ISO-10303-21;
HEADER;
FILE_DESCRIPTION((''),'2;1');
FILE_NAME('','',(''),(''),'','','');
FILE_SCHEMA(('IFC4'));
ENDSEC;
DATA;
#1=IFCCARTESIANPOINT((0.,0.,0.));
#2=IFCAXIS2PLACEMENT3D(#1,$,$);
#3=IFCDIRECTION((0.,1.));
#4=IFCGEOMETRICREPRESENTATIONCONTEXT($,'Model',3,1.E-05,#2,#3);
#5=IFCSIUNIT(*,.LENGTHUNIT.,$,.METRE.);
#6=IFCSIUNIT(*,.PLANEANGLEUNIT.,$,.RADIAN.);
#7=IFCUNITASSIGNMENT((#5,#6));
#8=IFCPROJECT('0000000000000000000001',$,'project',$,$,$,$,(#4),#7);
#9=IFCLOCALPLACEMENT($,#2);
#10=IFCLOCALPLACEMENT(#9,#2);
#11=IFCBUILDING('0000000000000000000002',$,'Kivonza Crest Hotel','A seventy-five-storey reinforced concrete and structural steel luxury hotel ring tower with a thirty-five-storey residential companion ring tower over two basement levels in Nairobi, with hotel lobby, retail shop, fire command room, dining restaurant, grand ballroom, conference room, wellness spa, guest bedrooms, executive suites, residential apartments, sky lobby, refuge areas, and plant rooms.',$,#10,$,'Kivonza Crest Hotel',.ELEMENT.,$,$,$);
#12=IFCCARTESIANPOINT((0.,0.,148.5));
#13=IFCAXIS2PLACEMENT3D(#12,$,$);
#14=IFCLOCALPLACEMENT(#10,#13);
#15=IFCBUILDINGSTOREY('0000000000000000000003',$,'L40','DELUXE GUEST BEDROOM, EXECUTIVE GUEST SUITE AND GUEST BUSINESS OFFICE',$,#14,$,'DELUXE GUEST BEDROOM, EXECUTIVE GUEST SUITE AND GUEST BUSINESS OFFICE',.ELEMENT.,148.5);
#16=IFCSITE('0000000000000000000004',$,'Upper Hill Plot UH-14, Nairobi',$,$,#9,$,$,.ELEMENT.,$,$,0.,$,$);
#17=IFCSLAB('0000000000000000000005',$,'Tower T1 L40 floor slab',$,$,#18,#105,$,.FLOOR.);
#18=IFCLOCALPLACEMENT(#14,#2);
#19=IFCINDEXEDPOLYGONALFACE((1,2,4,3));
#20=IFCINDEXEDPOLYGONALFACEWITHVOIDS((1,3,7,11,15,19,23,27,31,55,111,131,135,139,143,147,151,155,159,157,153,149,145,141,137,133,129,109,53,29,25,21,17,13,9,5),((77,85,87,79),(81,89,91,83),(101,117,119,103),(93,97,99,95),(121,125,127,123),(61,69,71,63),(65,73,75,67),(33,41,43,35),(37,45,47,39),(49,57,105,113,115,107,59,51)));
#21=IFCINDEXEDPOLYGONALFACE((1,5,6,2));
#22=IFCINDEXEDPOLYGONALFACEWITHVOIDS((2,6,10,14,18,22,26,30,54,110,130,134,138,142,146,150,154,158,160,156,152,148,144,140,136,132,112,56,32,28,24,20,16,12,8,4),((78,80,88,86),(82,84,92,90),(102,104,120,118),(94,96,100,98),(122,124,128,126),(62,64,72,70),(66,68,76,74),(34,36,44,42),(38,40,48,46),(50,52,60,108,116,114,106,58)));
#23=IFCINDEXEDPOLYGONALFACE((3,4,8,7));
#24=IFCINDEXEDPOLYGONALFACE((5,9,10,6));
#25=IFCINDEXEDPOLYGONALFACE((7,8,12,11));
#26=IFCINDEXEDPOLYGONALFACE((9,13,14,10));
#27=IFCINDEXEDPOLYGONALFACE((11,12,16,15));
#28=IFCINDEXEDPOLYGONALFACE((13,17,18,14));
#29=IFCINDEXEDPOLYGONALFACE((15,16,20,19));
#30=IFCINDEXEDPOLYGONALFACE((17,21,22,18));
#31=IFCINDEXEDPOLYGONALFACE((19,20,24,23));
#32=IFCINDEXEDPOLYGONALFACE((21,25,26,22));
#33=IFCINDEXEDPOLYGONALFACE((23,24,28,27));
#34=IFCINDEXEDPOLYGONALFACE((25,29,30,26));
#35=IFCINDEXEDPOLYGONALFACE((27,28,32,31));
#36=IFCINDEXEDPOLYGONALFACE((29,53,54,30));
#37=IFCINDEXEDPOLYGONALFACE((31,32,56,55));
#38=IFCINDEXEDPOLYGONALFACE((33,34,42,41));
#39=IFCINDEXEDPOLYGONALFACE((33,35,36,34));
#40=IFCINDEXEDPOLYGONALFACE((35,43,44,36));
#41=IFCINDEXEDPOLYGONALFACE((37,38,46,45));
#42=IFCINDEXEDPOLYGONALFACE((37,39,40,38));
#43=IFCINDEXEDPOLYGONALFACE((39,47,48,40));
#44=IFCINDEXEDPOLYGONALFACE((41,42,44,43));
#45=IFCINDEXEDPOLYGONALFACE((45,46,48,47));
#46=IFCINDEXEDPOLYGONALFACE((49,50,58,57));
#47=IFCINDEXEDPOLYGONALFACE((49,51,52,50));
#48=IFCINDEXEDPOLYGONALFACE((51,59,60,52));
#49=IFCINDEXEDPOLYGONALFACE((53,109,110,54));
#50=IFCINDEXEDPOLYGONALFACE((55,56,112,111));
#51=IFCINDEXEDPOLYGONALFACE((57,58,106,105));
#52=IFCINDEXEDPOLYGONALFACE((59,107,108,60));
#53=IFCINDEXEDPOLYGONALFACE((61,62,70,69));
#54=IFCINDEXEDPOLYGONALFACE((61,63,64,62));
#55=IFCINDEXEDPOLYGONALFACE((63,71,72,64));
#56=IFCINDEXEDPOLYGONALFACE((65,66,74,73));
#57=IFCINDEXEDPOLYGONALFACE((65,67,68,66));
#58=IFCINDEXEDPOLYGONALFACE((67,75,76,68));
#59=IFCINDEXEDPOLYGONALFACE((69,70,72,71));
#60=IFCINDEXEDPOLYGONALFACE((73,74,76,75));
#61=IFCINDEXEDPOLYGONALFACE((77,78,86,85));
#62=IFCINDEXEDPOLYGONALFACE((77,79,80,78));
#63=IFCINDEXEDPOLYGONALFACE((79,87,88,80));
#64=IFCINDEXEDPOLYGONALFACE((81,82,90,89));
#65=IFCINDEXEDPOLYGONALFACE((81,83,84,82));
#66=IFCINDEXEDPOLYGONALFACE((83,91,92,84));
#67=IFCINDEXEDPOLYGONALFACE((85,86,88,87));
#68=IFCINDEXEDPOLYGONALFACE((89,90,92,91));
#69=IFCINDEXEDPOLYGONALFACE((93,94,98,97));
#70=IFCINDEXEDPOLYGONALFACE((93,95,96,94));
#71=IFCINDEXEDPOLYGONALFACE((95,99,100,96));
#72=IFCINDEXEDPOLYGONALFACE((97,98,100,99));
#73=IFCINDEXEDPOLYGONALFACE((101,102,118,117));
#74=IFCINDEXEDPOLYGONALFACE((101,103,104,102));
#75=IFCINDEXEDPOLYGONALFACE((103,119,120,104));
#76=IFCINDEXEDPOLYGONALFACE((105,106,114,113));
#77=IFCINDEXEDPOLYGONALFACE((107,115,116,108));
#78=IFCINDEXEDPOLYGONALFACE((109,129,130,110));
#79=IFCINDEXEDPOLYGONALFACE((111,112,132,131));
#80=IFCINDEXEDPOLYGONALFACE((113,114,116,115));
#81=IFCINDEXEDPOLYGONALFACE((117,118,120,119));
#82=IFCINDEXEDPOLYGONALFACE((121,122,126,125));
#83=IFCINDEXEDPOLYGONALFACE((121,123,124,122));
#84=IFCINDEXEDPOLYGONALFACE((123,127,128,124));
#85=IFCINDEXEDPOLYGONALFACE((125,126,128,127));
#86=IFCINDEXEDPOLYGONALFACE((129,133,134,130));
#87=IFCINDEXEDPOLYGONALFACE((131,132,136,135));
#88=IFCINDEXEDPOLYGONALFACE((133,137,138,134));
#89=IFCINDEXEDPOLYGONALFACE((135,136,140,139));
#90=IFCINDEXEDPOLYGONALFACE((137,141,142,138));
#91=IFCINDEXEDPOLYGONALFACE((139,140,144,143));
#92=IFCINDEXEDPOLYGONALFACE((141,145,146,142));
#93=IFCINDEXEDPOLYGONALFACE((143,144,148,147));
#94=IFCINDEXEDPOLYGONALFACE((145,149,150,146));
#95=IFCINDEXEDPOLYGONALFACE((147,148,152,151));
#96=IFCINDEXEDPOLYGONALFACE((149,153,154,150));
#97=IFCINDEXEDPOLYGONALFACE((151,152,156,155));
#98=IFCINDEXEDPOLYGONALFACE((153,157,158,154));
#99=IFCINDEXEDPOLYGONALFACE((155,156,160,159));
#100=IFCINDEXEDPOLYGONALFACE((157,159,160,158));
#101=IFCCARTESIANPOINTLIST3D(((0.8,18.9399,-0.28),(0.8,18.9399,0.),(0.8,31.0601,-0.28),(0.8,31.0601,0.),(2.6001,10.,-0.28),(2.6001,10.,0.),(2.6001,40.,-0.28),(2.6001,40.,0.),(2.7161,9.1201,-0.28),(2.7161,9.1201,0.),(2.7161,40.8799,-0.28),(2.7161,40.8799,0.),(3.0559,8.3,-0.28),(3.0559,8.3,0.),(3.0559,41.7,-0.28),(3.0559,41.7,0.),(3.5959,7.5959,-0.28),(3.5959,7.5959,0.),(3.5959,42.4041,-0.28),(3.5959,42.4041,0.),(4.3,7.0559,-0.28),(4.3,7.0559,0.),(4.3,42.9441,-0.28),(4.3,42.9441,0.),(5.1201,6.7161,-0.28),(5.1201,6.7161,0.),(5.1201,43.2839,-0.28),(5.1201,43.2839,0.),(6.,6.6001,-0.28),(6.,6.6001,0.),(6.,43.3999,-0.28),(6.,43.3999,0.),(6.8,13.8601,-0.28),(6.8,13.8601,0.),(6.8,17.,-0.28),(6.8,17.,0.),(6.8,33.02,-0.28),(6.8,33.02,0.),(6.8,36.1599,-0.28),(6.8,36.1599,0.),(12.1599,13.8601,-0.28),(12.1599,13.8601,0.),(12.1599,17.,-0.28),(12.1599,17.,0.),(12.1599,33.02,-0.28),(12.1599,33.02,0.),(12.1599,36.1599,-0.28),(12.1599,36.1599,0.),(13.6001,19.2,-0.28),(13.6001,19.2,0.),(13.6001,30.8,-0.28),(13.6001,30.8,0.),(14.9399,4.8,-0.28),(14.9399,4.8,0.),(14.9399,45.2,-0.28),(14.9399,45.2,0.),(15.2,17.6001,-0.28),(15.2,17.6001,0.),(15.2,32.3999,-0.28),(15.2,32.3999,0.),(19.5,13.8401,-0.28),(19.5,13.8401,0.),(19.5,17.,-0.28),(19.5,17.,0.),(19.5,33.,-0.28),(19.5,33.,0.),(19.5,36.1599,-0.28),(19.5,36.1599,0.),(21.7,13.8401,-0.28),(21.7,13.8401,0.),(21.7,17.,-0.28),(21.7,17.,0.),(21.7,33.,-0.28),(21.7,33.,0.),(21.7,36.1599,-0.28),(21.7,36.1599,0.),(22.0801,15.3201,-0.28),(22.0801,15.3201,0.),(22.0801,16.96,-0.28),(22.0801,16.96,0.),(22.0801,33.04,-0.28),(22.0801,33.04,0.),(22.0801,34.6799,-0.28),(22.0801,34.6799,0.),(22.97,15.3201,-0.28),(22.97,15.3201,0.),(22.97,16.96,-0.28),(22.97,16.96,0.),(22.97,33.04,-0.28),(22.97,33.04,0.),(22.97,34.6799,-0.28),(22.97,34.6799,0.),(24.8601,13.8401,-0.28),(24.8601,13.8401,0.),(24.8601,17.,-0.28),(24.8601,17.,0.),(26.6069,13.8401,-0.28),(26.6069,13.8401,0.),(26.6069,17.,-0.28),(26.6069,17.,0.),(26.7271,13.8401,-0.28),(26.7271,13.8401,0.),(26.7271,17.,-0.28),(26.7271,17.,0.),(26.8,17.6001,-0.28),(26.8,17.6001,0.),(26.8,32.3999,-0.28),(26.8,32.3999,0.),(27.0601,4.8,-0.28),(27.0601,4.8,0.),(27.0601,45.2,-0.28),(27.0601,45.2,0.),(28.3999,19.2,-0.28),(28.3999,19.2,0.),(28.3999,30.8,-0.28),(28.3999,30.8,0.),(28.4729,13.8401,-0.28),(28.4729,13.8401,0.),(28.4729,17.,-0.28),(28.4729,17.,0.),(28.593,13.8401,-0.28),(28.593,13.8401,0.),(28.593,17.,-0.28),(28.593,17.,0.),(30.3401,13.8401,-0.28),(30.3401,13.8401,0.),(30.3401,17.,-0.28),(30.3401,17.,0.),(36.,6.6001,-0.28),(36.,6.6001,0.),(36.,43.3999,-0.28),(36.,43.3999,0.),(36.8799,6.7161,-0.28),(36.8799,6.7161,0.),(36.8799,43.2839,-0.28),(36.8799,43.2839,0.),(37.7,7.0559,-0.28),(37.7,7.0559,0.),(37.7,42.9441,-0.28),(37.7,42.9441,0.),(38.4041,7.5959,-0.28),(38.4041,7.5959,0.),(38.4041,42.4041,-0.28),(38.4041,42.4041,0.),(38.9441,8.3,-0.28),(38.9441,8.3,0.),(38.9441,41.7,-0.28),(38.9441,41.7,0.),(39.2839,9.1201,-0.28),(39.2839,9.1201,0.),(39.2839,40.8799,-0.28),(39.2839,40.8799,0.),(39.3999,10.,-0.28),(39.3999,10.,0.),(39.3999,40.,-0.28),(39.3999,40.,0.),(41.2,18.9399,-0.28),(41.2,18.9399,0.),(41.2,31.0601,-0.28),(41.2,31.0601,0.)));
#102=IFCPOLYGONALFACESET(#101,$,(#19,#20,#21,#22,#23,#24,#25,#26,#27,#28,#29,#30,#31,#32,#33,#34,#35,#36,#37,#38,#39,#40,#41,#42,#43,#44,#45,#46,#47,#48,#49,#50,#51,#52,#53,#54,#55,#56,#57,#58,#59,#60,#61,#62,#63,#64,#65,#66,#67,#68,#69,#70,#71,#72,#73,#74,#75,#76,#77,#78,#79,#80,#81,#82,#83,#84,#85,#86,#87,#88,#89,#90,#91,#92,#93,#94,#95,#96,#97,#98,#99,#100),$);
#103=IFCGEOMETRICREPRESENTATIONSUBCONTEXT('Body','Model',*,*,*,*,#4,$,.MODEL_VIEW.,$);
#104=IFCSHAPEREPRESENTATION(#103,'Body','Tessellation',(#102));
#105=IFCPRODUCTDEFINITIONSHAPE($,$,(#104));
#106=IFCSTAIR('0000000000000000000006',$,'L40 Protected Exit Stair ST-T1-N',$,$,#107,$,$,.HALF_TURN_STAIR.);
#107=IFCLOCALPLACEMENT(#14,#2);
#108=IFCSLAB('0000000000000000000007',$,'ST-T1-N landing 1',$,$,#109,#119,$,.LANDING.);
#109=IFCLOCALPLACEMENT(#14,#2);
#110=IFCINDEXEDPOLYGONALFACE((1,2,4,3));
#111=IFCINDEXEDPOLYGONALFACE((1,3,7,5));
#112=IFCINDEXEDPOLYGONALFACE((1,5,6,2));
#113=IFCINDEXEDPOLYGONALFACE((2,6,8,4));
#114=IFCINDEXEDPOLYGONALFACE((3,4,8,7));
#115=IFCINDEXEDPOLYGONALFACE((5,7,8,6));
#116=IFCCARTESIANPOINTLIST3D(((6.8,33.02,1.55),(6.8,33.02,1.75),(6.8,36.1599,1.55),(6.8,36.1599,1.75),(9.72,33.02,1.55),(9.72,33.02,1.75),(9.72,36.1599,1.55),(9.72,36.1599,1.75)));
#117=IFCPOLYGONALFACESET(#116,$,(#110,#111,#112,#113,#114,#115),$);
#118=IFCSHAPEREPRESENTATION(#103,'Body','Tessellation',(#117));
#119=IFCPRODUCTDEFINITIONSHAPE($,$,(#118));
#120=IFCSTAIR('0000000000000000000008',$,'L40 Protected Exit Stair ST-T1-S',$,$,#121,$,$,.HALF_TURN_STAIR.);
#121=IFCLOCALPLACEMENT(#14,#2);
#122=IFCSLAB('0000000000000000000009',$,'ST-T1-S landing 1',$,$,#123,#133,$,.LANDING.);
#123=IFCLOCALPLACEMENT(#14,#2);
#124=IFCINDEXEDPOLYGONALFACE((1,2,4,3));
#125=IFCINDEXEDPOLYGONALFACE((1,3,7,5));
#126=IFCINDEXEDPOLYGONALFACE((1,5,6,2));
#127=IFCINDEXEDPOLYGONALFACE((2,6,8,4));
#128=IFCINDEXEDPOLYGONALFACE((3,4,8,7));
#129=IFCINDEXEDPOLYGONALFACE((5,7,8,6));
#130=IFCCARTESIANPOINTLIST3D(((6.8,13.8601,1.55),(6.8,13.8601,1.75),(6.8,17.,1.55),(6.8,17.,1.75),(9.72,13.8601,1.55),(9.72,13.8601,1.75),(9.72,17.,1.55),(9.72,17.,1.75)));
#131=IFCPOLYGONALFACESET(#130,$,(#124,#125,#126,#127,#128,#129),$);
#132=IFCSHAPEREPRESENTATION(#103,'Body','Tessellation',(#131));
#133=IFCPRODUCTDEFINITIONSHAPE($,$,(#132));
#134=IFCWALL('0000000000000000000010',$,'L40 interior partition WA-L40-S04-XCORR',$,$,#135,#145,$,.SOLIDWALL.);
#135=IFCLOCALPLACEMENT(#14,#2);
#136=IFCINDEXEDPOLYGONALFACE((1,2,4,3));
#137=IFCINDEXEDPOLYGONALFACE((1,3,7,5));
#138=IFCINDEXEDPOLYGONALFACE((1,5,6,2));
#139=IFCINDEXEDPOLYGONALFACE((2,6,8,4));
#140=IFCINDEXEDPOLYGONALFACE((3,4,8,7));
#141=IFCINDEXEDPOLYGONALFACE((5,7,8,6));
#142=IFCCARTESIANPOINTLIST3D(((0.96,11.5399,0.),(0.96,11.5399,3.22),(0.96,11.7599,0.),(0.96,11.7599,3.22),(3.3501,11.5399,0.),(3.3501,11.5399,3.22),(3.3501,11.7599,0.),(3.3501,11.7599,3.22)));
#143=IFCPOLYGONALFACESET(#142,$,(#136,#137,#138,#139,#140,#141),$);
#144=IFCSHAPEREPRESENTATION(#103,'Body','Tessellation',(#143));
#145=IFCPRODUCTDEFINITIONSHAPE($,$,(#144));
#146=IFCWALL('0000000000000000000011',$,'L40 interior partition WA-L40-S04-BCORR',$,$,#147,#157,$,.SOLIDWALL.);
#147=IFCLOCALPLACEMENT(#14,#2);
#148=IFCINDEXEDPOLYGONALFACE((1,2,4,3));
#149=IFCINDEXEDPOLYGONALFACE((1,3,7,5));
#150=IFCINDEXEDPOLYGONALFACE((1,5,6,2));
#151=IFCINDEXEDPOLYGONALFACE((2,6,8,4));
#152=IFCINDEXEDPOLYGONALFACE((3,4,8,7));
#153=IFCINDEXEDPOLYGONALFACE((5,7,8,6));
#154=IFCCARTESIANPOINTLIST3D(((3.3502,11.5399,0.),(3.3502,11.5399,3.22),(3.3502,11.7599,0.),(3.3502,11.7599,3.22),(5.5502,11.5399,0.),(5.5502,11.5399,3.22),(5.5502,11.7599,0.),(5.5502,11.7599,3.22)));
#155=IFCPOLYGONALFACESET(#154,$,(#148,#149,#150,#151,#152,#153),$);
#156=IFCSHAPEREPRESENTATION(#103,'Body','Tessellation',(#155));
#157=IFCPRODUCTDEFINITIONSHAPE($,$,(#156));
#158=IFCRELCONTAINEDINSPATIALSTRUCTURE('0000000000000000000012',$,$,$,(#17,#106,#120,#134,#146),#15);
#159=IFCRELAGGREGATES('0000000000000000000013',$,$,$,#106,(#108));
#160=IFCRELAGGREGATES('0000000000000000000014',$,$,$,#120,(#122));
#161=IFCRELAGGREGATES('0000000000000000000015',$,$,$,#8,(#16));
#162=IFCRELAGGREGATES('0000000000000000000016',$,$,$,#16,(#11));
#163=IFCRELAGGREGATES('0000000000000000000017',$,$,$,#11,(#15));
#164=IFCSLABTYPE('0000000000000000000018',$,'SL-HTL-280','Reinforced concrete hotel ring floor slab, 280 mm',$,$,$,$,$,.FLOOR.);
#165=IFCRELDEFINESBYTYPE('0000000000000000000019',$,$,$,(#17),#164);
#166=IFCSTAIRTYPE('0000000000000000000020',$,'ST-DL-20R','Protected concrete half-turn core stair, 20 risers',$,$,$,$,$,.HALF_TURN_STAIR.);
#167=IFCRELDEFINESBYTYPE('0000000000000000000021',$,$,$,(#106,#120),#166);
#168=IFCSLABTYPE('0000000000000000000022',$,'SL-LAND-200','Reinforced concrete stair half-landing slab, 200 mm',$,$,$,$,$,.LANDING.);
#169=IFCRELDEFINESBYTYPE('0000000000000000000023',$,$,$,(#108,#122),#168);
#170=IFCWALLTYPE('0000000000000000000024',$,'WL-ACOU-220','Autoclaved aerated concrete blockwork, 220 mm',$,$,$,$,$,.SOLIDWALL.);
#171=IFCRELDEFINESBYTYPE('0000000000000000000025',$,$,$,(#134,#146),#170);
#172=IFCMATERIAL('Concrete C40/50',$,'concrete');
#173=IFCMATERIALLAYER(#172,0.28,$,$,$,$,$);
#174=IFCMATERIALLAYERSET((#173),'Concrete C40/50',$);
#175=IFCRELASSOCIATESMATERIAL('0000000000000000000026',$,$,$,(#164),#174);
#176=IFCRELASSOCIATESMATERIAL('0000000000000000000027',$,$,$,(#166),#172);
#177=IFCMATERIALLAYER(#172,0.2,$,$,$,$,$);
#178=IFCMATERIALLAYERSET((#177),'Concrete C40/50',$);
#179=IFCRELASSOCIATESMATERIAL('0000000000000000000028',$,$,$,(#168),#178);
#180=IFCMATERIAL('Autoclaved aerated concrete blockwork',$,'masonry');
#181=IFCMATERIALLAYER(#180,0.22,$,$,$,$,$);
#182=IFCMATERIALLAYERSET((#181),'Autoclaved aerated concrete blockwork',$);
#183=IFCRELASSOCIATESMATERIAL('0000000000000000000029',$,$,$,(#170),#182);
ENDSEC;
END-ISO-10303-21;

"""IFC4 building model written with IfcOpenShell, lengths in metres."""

from ifc_helpers import new_model, si_unit, direction, frame, frame_2d, origin, place, context, subcontext, project, spatial, polyline, rectangle, outline, extrude, material, layer, layer_set, type_object, element, aggregate, save


model = new_model("IFC4")

# Units and contexts
model_context = context("Model", 3, precision=1e-05, world=origin(), true_north=direction((0.0, 1.0)))
body_context = subcontext(model_context, "Body", "Model", "MODEL_VIEW")
ifc_project = project(units=[si_unit("LENGTHUNIT", "METRE"), si_unit("PLANEANGLEUNIT", "RADIAN")], contexts=[model_context])

# Site, building, storey
site_placement = place(None, origin())
site = spatial("IfcSite", under=ifc_project, at=site_placement, Name="Upper Hill Plot UH-14, Nairobi", CompositionType="ELEMENT", RefElevation=0.0)
building_placement = place(site_placement, origin())
building = spatial("IfcBuilding", under=site, at=building_placement, Name="Kivonza Crest Hotel", Description="A seventy-five-storey reinforced concrete and structural steel luxury hotel ring tower with a thirty-five-storey residential companion ring tower over two basement levels in Nairobi, with hotel lobby, retail shop, fire command room, dining restaurant, grand ballroom, conference room, wellness spa, guest bedrooms, executive suites, residential apartments, sky lobby, refuge areas, and plant rooms.", LongName="Kivonza Crest Hotel", CompositionType="ELEMENT")
storey_placement = place(building_placement, frame((0.0, 0.0, 148.5)))
storey = spatial("IfcBuildingStorey", under=building, at=storey_placement, Name="L40", Description="DELUXE GUEST BEDROOM, EXECUTIVE GUEST SUITE AND GUEST BUSINESS OFFICE", LongName="DELUXE GUEST BEDROOM, EXECUTIVE GUEST SUITE AND GUEST BUSINESS OFFICE", CompositionType="ELEMENT", Elevation=148.5)

# Slab
ifc_material_1 = material(Name="Concrete C40/50", Category="concrete")
ifc_layer_1 = layer(ifc_material_1, 0.28)
ifc_layer_set_1 = layer_set([ifc_layer_1], Name="Concrete C40/50")
slab_type_1 = type_object("IfcSlabType", Name="SL-HTL-280", Description="Reinforced concrete hotel ring floor slab, 280 mm", PredefinedType="FLOOR", material=ifc_layer_set_1)
slab_1_placement = place(storey_placement, frame((0.0, 0.0, -0.28)))
element("IfcSlab", 1, at=slab_1_placement, inside=storey, type_object=slab_type_1, Name="Tower T1 L40 floor slab", PredefinedType="FLOOR", context=body_context, shape_type="SweptSolid", body=[
    extrude(outline(polyline([(2.6001, 10.0), (2.7161, 9.1201), (3.0559, 8.3), (3.5959, 7.5959), (4.3, 7.0559), (5.1201, 6.7161), (6.0, 6.6001), (14.9399, 4.8), (27.0601, 4.8), (36.0, 6.6001), (36.8799, 6.7161), (37.7, 7.0559), (38.4041, 7.5959), (38.9441, 8.3), (39.2839, 9.1201), (39.3999, 10.0), (41.2, 18.9399), (41.2, 31.0601), (39.3999, 40.0), (39.2839, 40.8799), (38.9441, 41.7), (38.4041, 42.4041), (37.7, 42.9441), (36.8799, 43.2839), (36.0, 43.3999), (27.0601, 45.2), (14.9399, 45.2), (6.0, 43.3999), (5.1201, 43.2839), (4.3, 42.9441), (3.5959, 42.4041), (3.0559, 41.7), (2.7161, 40.8799), (2.6001, 40.0), (0.8, 31.0601), (0.8, 18.9399), (2.6001, 10.0)]), holes=[polyline([(15.2, 17.6001), (26.8, 17.6001), (28.3999, 19.2), (28.3999, 30.8), (26.8, 32.3999), (15.2, 32.3999), (13.6001, 30.8), (13.6001, 19.2), (15.2, 17.6001)]), polyline([(6.8, 33.02), (12.1599, 33.02), (12.1599, 36.1599), (6.8, 36.1599), (6.8, 33.02)]), polyline([(6.8, 13.8601), (12.1599, 13.8601), (12.1599, 17.0), (6.8, 17.0), (6.8, 13.8601)]), polyline([(22.0801, 33.04), (22.97, 33.04), (22.97, 34.6799), (22.0801, 34.6799), (22.0801, 33.04)]), polyline([(22.0801, 15.3201), (22.97, 15.3201), (22.97, 16.96), (22.0801, 16.96), (22.0801, 15.3201)]), polyline([(19.5, 33.0), (21.7, 33.0), (21.7, 36.1599), (19.5, 36.1599), (19.5, 33.0)]), polyline([(19.5, 13.8401), (21.7, 13.8401), (21.7, 17.0), (19.5, 17.0), (19.5, 13.8401)]), polyline([(24.8601, 13.8401), (26.6069, 13.8401), (26.6069, 17.0), (24.8601, 17.0), (24.8601, 13.8401)]), polyline([(26.7271, 13.8401), (28.4729, 13.8401), (28.4729, 17.0), (26.7271, 17.0), (26.7271, 13.8401)]), polyline([(28.593, 13.8401), (30.3401, 13.8401), (30.3401, 17.0), (28.593, 17.0), (28.593, 13.8401)])]), origin(), (0.0, 0.0, 1.0), 0.28),
])

# Stairs, slabs
stair_type = type_object("IfcStairType", Name="ST-DL-20R", Description="Protected concrete half-turn core stair, 20 risers", PredefinedType="HALF_TURN_STAIR", material=ifc_material_1)
stair_1_placement = place(storey_placement, origin())
stair_1 = element("IfcStair", 2, at=stair_1_placement, inside=storey, type_object=stair_type, Name="L40 Protected Exit Stair ST-T1-N", PredefinedType="HALF_TURN_STAIR")
ifc_layer_2 = layer(ifc_material_1, 0.2)
ifc_layer_set_2 = layer_set([ifc_layer_2], Name="Concrete C40/50")
slab_type_2 = type_object("IfcSlabType", Name="SL-LAND-200", Description="Reinforced concrete stair half-landing slab, 200 mm", PredefinedType="LANDING", material=ifc_layer_set_2)
slab_2_placement = place(storey_placement, frame((0.0, 0.0, 1.55)))
slab_2 = element("IfcSlab", 3, at=slab_2_placement, type_object=slab_type_2, Name="ST-T1-N landing 1", PredefinedType="LANDING", context=body_context, shape_type="SweptSolid", body=[
    extrude(outline(polyline([(9.72, 36.1599), (6.8, 36.1599), (6.8, 33.02), (9.72, 33.02), (9.72, 36.1599)])), origin(), (0.0, 0.0, 1.0), 0.2),
])
aggregate(stair_1, [slab_2])
stair_2_placement = place(storey_placement, origin())
stair_2 = element("IfcStair", 4, at=stair_2_placement, inside=storey, type_object=stair_type, Name="L40 Protected Exit Stair ST-T1-S", PredefinedType="HALF_TURN_STAIR")
slab_3_placement = place(storey_placement, frame((0.0, 0.0, 1.55)))
slab_3 = element("IfcSlab", 5, at=slab_3_placement, type_object=slab_type_2, Name="ST-T1-S landing 1", PredefinedType="LANDING", context=body_context, shape_type="SweptSolid", body=[
    extrude(outline(polyline([(9.72, 17.0), (6.8, 17.0), (6.8, 13.8601), (9.72, 13.8601), (9.72, 17.0)])), origin(), (0.0, 0.0, 1.0), 0.2),
])
aggregate(stair_2, [slab_3])

# Walls
ifc_material_2 = material(Name="Autoclaved aerated concrete blockwork", Category="masonry")
ifc_layer_3 = layer(ifc_material_2, 0.22)
ifc_layer_set_3 = layer_set([ifc_layer_3], Name="Autoclaved aerated concrete blockwork")
wall_type_1 = type_object("IfcWallType", Name="WL-ACOU-220", Description="Autoclaved aerated concrete blockwork, 220 mm", PredefinedType="SOLIDWALL", material=ifc_layer_set_3)
wall_1_placement = place(storey_placement, frame((0.96, 11.6499, 0.0), z_axis=(0.0, 0.0, 1.0), x_axis=(1.0, 0.0, 0.0)))
element("IfcWall", 6, at=wall_1_placement, inside=storey, type_object=wall_type_1, Name="L40 interior partition WA-L40-S04-XCORR", PredefinedType="SOLIDWALL", context=body_context, shape_type="SweptSolid", body=[
    extrude(rectangle(XDim=2.3901, YDim=0.22, at=frame_2d((1.1951, 0.0))), origin(), (0.0, 0.0, 1.0), 3.22),
])
wall_2_placement = place(storey_placement, frame((3.3501, 11.6499, 0.0), z_axis=(0.0, 0.0, 1.0), x_axis=(1.0, 0.0, 0.0)))
element("IfcWall", 7, at=wall_2_placement, inside=storey, type_object=wall_type_1, Name="L40 interior partition WA-L40-S04-BCORR", PredefinedType="SOLIDWALL", context=body_context, shape_type="SweptSolid", body=[
    extrude(rectangle(XDim=2.2, YDim=0.22, at=frame_2d((1.1001, 0.0))), origin(), (0.0, 0.0, 1.0), 3.22),
])

save(model, "model.ifc")
